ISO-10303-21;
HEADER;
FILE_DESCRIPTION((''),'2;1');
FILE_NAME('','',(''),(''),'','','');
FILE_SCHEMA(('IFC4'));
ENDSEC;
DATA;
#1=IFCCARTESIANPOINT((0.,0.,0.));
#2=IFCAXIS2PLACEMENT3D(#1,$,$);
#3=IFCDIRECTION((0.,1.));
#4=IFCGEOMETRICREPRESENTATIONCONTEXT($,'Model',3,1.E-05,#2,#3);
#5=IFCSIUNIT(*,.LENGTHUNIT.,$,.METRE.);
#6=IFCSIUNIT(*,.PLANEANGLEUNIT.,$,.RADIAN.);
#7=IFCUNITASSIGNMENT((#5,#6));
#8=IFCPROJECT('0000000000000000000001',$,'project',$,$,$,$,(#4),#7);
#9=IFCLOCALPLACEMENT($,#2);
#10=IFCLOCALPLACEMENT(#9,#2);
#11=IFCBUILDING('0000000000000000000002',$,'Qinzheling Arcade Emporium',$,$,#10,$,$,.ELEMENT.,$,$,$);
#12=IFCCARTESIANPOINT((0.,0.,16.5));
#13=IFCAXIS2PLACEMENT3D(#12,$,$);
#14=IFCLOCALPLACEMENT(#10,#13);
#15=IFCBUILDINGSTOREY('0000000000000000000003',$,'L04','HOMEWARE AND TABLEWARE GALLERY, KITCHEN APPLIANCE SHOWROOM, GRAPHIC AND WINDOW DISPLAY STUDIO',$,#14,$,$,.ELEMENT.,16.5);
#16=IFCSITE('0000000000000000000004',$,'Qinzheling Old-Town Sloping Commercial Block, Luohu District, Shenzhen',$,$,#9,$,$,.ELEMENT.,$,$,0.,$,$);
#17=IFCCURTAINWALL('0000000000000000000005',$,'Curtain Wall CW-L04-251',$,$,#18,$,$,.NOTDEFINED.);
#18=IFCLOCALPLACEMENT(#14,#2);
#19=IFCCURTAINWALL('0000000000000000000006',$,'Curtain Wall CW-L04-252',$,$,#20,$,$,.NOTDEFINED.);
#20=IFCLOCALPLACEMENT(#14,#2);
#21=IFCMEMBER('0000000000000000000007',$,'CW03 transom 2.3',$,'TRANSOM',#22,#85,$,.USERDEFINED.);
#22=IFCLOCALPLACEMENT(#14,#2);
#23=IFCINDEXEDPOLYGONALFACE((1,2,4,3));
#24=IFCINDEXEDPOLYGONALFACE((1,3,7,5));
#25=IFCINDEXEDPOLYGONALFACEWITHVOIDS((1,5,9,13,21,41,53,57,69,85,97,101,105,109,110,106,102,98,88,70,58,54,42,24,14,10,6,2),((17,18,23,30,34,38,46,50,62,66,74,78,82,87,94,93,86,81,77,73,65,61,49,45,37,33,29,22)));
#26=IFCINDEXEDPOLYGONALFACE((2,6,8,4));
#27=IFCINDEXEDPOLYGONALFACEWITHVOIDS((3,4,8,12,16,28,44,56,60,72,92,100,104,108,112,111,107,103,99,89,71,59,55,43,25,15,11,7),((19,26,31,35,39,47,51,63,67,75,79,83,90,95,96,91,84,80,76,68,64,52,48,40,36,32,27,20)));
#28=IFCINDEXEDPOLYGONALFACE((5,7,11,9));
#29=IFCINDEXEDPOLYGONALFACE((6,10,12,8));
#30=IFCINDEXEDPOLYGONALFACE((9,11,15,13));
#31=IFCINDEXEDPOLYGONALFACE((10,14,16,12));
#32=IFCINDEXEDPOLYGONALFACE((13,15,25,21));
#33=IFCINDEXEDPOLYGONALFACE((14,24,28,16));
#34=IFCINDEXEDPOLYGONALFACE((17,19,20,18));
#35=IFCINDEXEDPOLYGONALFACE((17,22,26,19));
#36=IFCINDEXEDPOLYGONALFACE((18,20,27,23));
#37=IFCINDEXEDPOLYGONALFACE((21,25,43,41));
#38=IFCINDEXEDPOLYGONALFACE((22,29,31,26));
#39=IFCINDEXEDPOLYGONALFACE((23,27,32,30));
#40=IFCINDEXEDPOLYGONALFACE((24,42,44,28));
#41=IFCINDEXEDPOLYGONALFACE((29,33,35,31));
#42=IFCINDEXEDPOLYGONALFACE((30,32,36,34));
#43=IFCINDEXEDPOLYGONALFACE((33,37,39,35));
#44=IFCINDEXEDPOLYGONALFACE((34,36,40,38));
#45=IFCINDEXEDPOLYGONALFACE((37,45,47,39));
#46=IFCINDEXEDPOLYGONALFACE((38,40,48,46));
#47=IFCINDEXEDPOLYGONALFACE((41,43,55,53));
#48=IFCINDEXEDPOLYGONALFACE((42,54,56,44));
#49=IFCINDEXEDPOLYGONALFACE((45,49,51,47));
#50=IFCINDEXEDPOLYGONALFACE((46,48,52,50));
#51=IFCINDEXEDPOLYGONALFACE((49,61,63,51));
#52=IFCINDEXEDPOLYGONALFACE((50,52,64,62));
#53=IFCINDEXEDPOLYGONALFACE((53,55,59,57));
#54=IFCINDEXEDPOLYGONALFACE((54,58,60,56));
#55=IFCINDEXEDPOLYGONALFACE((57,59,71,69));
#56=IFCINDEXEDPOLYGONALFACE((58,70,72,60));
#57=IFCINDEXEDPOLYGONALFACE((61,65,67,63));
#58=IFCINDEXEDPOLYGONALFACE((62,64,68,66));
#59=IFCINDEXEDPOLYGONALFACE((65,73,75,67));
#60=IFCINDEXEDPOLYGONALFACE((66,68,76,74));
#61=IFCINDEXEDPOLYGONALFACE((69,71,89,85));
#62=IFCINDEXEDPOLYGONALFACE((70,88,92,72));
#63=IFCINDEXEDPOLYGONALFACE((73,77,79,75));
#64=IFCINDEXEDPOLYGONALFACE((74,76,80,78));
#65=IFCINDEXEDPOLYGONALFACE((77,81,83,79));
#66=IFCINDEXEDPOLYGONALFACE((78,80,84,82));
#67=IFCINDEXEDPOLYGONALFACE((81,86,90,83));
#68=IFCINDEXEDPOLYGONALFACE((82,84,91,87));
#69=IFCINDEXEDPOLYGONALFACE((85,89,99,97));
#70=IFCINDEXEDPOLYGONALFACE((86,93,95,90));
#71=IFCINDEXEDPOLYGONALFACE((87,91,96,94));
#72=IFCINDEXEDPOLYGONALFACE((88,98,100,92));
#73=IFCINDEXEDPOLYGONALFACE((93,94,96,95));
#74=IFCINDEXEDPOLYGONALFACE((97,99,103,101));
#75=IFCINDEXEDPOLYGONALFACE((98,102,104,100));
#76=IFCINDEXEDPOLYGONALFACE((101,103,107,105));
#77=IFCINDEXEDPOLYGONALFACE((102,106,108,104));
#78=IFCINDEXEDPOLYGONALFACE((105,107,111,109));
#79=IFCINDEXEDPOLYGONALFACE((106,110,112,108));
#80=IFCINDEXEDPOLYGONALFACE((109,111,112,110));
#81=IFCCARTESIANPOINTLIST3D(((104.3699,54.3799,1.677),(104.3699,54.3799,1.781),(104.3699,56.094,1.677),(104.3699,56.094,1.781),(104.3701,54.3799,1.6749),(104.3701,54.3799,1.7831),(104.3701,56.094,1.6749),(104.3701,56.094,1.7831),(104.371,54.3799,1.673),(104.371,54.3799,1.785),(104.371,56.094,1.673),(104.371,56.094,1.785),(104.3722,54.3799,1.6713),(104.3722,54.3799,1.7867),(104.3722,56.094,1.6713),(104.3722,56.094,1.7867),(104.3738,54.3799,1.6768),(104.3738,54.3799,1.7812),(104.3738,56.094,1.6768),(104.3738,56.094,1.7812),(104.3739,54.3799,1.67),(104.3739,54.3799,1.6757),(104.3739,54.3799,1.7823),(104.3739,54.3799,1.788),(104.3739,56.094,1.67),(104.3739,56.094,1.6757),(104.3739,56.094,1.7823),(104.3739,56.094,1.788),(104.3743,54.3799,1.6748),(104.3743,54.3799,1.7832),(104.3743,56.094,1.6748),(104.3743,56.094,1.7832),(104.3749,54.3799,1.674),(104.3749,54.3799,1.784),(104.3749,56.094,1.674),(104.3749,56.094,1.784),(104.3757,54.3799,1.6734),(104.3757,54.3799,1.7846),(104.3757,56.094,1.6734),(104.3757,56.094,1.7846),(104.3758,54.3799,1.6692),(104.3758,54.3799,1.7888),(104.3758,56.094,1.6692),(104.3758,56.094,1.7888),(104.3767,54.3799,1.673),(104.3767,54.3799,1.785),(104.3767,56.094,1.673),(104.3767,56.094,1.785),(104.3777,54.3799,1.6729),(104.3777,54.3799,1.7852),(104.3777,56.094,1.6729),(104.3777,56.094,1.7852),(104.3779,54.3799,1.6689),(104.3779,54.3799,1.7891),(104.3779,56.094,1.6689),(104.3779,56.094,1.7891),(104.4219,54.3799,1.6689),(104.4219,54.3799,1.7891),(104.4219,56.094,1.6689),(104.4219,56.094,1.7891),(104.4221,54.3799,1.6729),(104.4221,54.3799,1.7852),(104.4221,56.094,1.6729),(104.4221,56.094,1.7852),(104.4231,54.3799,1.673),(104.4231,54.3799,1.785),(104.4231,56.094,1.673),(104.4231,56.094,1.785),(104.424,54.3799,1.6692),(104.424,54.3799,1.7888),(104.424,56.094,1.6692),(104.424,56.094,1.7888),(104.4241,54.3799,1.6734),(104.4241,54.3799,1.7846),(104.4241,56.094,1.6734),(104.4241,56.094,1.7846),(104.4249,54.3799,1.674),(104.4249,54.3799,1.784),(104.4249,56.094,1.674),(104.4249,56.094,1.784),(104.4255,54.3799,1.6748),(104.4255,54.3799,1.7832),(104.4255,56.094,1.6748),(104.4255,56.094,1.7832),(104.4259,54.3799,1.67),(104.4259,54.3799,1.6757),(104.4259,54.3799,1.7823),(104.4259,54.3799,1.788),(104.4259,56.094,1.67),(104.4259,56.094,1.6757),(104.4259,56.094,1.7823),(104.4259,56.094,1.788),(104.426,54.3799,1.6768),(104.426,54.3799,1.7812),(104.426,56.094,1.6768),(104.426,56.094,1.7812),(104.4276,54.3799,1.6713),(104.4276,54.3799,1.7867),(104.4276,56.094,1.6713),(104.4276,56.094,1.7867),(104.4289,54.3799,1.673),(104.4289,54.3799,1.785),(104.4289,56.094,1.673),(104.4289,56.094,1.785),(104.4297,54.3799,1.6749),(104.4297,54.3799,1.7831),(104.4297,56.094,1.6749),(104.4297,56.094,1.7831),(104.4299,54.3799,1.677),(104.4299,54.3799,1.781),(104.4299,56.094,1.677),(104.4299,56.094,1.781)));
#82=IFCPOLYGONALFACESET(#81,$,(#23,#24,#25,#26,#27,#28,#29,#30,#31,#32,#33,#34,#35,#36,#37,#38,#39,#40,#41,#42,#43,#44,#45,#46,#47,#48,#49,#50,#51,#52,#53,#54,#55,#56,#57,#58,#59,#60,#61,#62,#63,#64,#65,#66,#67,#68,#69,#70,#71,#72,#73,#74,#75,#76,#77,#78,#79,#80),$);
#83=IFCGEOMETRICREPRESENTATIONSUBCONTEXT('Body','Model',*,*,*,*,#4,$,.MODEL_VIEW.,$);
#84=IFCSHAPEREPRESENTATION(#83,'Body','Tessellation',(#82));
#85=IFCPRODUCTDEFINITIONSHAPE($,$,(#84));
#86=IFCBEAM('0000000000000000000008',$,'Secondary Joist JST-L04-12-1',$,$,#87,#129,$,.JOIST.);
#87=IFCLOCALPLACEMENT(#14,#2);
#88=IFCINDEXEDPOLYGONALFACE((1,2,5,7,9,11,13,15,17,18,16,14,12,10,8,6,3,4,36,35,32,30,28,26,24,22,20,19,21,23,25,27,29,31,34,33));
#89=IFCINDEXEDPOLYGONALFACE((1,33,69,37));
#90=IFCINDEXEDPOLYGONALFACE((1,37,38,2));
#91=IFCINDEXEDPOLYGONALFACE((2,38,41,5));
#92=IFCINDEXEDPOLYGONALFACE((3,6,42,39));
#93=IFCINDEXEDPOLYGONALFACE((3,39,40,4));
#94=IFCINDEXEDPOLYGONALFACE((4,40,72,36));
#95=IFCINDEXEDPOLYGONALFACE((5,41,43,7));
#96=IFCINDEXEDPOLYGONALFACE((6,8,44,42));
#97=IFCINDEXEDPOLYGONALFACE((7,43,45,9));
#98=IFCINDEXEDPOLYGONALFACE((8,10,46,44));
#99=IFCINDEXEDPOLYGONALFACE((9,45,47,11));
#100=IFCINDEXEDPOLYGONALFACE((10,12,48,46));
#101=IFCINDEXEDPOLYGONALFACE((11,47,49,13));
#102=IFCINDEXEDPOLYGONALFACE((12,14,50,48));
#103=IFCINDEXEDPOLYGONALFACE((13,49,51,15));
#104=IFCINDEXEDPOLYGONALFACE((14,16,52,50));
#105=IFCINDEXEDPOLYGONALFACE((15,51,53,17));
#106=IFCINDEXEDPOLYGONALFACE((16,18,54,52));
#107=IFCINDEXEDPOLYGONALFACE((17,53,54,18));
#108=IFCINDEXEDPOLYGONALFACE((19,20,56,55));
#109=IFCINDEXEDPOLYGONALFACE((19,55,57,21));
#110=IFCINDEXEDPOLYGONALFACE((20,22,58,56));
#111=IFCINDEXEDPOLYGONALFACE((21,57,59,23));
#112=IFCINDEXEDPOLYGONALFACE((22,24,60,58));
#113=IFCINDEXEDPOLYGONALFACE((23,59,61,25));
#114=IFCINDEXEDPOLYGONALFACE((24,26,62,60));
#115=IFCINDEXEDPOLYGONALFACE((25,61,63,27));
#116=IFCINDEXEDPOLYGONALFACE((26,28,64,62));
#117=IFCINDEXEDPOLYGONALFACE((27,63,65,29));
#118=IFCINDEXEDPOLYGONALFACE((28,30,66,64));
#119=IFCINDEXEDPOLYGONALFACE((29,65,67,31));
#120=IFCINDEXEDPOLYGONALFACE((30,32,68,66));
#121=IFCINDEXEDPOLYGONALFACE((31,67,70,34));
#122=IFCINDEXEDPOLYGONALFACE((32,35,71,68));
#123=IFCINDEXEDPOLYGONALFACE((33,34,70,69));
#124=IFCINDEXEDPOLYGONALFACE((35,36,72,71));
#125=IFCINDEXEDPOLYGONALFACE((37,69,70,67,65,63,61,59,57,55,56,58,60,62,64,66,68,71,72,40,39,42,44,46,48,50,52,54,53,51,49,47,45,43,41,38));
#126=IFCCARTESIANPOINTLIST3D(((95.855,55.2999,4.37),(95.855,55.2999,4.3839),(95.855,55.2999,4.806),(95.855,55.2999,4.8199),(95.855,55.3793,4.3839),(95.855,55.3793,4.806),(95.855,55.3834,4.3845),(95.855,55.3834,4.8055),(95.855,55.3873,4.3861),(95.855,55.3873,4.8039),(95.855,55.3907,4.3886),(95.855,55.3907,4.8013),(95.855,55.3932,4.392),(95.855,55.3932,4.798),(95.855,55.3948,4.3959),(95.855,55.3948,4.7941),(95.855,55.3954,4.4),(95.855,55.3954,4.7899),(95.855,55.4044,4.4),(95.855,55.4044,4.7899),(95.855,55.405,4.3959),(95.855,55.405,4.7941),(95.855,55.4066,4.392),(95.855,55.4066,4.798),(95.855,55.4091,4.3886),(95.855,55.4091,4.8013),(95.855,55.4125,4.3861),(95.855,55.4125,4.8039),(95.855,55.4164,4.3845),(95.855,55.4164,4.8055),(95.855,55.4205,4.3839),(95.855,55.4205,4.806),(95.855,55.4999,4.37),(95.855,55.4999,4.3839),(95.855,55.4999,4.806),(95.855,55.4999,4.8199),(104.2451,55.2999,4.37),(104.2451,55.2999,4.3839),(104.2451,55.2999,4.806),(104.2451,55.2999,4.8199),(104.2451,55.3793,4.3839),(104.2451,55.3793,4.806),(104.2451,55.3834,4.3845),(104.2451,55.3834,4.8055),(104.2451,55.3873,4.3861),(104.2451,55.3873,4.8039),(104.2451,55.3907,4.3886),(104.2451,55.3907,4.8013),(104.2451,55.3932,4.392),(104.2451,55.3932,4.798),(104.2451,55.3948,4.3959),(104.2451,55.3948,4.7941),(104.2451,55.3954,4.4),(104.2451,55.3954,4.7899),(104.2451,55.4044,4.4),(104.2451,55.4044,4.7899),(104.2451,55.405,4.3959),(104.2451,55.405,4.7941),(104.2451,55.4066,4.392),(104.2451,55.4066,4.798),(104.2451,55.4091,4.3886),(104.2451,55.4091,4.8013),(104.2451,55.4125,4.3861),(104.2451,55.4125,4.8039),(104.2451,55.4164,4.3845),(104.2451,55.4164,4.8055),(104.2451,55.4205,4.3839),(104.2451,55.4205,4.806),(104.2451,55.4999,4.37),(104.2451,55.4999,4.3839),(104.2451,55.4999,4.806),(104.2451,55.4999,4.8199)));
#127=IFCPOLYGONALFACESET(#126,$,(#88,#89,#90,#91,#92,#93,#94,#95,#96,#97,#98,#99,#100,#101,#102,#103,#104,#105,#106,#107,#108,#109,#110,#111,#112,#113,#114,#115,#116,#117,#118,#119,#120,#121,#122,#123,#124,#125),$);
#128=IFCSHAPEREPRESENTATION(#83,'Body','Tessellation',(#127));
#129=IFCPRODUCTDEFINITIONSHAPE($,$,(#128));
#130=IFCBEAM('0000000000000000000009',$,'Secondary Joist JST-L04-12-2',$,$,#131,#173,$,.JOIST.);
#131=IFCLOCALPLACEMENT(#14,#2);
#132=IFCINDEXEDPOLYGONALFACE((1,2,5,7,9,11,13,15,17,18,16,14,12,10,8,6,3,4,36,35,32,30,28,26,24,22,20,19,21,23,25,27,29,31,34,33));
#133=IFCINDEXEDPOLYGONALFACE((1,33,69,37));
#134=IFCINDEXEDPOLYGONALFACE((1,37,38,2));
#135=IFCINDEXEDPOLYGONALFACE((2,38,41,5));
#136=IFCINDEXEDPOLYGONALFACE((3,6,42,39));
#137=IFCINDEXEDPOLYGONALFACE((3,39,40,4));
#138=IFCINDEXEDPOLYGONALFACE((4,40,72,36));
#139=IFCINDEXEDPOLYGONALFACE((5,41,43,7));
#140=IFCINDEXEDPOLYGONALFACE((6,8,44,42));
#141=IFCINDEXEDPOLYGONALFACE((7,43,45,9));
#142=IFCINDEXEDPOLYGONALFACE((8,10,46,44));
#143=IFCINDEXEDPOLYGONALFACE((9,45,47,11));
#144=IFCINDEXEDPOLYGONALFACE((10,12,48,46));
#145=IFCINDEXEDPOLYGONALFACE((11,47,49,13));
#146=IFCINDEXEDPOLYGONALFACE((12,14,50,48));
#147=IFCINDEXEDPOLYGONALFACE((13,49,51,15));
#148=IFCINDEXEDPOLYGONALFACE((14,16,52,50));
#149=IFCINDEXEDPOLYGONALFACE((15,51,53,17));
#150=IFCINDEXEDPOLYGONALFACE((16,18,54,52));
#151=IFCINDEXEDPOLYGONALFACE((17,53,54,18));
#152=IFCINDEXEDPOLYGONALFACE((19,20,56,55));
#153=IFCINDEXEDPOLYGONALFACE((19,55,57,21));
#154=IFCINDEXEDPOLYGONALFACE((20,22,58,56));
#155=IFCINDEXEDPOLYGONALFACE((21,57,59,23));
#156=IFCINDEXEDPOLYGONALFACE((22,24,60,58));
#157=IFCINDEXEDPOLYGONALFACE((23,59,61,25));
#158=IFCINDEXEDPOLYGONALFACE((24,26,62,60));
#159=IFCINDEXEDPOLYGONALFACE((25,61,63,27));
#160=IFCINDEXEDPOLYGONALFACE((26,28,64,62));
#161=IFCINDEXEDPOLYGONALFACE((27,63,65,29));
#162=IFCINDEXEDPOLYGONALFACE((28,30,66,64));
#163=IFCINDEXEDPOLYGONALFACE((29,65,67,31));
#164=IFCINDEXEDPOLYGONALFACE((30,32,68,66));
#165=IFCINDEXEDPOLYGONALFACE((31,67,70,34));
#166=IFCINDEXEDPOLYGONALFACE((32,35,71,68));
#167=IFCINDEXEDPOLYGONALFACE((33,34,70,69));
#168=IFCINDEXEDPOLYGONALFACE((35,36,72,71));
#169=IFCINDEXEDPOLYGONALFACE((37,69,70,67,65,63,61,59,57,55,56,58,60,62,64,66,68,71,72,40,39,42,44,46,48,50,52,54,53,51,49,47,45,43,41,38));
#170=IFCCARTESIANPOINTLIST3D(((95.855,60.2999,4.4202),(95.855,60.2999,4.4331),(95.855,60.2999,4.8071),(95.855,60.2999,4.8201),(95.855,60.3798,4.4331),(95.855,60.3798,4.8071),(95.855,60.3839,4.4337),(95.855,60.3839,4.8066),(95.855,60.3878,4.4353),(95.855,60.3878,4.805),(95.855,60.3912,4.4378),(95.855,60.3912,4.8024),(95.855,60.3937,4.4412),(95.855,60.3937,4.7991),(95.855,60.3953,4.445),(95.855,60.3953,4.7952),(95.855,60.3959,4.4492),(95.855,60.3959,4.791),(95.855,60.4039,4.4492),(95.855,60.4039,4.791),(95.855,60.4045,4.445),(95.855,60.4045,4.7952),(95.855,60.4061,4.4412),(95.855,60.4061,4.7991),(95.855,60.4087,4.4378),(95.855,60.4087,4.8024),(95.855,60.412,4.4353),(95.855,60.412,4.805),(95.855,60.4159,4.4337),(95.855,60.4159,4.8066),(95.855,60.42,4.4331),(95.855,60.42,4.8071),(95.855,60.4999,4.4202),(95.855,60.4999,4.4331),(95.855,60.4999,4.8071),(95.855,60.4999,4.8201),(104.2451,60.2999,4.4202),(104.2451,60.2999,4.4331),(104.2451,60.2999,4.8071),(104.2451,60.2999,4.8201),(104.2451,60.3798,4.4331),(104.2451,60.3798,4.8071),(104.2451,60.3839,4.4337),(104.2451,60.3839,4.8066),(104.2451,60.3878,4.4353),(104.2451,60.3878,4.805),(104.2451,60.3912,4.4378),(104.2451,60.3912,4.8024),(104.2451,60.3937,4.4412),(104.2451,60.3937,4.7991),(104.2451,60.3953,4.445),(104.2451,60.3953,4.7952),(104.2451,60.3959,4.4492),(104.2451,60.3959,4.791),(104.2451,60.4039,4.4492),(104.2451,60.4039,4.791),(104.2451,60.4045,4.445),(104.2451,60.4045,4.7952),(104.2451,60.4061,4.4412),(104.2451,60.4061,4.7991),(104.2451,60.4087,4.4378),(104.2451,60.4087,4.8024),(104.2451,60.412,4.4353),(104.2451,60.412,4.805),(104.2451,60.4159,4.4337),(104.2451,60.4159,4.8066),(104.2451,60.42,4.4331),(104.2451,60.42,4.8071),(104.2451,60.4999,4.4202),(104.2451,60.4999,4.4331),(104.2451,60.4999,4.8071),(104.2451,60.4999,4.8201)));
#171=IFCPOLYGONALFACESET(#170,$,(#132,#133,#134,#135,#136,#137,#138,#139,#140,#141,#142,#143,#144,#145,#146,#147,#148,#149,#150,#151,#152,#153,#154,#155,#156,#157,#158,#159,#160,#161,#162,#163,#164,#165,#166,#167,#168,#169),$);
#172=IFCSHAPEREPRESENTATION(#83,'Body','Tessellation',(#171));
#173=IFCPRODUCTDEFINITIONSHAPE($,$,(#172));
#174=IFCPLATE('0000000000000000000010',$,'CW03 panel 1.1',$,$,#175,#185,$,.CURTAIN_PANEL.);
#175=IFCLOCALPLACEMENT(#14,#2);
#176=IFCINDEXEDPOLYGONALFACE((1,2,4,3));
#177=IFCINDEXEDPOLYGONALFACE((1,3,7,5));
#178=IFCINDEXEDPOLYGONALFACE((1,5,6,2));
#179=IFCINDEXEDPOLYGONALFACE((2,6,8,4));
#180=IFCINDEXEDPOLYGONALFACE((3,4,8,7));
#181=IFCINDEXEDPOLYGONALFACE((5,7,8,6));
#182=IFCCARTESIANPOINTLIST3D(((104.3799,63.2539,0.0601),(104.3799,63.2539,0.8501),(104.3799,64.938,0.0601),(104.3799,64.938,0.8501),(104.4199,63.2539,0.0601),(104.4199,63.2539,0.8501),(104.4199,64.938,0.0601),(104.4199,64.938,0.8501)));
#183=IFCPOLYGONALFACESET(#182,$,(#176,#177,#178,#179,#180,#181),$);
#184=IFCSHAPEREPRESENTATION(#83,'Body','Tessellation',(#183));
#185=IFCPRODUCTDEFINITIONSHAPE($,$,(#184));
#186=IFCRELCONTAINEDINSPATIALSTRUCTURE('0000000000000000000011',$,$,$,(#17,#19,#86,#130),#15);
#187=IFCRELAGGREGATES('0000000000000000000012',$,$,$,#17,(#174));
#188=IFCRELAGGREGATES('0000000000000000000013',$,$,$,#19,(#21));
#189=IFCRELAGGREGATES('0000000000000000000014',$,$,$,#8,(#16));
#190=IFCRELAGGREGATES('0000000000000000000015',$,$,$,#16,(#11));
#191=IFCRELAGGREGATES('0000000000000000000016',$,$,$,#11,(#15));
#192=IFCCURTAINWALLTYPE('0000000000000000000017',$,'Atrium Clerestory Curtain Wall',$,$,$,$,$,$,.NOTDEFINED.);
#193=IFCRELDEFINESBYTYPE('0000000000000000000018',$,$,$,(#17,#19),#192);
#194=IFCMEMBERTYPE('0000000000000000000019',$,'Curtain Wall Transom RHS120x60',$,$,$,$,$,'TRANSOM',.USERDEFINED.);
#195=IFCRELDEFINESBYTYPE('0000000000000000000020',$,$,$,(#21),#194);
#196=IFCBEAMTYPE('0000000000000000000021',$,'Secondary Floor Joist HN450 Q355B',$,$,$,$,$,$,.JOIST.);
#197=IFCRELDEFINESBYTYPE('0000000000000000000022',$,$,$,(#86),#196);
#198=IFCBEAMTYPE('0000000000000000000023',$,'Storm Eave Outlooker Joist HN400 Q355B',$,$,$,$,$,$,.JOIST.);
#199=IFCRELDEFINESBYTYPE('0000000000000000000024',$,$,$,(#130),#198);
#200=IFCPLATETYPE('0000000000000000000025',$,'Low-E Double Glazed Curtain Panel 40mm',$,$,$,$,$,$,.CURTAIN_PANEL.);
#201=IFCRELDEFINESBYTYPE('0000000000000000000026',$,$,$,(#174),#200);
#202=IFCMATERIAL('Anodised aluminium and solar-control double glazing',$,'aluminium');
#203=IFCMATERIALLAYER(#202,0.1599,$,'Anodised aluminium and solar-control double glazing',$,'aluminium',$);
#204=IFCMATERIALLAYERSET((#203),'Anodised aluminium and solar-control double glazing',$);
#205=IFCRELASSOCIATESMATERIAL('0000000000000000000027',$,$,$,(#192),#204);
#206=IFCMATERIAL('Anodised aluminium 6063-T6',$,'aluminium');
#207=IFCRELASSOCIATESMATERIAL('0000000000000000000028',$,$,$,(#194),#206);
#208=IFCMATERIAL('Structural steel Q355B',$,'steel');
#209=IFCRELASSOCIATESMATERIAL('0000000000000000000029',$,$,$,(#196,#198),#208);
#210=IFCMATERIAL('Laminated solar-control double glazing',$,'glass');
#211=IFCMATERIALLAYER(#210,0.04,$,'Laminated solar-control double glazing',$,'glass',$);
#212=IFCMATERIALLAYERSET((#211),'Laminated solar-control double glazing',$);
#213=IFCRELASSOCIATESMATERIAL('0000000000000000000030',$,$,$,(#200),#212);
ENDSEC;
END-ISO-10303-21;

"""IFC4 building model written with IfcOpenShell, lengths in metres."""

from ifc_helpers import new_model, si_unit, direction, frame, origin, origin_2d, place, context, subcontext, project, spatial, rectangle, hollow_rectangle, i_section, extrude, material, layer, layer_set, material_profile, profile_set, type_object, element, aggregate, save


model = new_model("IFC4")

# Units and contexts
model_context = context("Model", 3, precision=1e-05, world=origin(), true_north=direction((0.0, 1.0)))
body_context = subcontext(model_context, "Body", "Model", "MODEL_VIEW")
ifc_project = project(units=[si_unit("LENGTHUNIT", "METRE"), si_unit("PLANEANGLEUNIT", "RADIAN")], contexts=[model_context])

# Site, building, storey
site_placement = place(None, origin())
site = spatial("IfcSite", under=ifc_project, at=site_placement, Name="Qinzheling Old-Town Sloping Commercial Block, Luohu District, Shenzhen", CompositionType="ELEMENT", RefElevation=0.0)
building_placement = place(site_placement, origin())
building = spatial("IfcBuilding", under=site, at=building_placement, Name="Qinzheling Arcade Emporium", CompositionType="ELEMENT")
storey_placement = place(building_placement, frame((0.0, 0.0, 16.5)))
storey = spatial("IfcBuildingStorey", under=building, at=storey_placement, Name="L04", Description="HOMEWARE AND TABLEWARE GALLERY, KITCHEN APPLIANCE SHOWROOM, GRAPHIC AND WINDOW DISPLAY STUDIO", CompositionType="ELEMENT", Elevation=16.5)

# Curtain walls
ifc_material_1 = material(Name="Anodised aluminium and solar-control double glazing", Category="aluminium")
ifc_layer_1 = layer(ifc_material_1, 0.1599, Name="Anodised aluminium and solar-control double glazing", Category="aluminium")
ifc_layer_set_1 = layer_set([ifc_layer_1], Name="Anodised aluminium and solar-control double glazing")
curtain_wall_type = type_object("IfcCurtainWallType", Name="Atrium Clerestory Curtain Wall", PredefinedType="NOTDEFINED", material=ifc_layer_set_1)
curtain_wall_1_placement = place(storey_placement, origin())
curtain_wall_1 = element("IfcCurtainWall", 1, at=curtain_wall_1_placement, inside=storey, type_object=curtain_wall_type, Name="Curtain Wall CW-L04-251", PredefinedType="NOTDEFINED")
ifc_material_2 = material(Name="Anodised aluminium 6063-T6", Category="aluminium")
curtain_wall_2_placement = place(storey_placement, origin())
curtain_wall_2 = element("IfcCurtainWall", 2, at=curtain_wall_2_placement, inside=storey, type_object=curtain_wall_type, Name="Curtain Wall CW-L04-252", PredefinedType="NOTDEFINED")

# Member
ifc_material_profile_1 = material_profile(ifc_material_2, hollow_rectangle(XDim=0.0601, YDim=0.1201, WallThickness=0.0039, InnerFilletRadius=0.0039, OuterFilletRadius=0.0081, at=origin_2d()), Name="RHS 120x60x4", Category="aluminium")
ifc_profile_set_1 = profile_set([ifc_material_profile_1], Name="Anodised aluminium 6063-T6")
member_type_1 = type_object("IfcMemberType", Name="Curtain Wall Transom RHS120x60", ElementType="TRANSOM", PredefinedType="USERDEFINED", material=ifc_profile_set_1)
member_1_placement = place(storey_placement, frame((104.3999, 56.094, 1.729), z_axis=(0.0, -1.0, 0.0), x_axis=(1.0, 0.0, 0.0)))
member_1 = element("IfcMember", 3, at=member_1_placement, type_object=member_type_1, Name="CW03 transom 2.3", ObjectType="TRANSOM", PredefinedType="USERDEFINED", context=body_context, shape_type="SweptSolid", body=[
    extrude(hollow_rectangle(XDim=0.0601, YDim=0.1201, WallThickness=0.0039, InnerFilletRadius=0.0039, OuterFilletRadius=0.0081, at=origin_2d()), origin(), (0.0, 0.0, 1.0), 1.7141),
])

# Beams
ifc_material_3 = material(Name="Structural steel Q355B", Category="steel")
ifc_material_profile_2 = material_profile(ifc_material_3, i_section(OverallWidth=0.2, OverallDepth=0.45, WebThickness=0.009, FlangeThickness=0.0139, FilletRadius=0.0161, at=origin_2d()), Name="HN 450x200x9x14", Category="steel")
ifc_profile_set_2 = profile_set([ifc_material_profile_2], Name="Structural steel Q355B")
beam_type_1 = type_object("IfcBeamType", Name="Secondary Floor Joist HN450 Q355B", PredefinedType="JOIST", material=ifc_profile_set_2)
beam_1_placement = place(storey_placement, frame((95.855, 55.3999, 4.595), z_axis=(1.0, 0.0, 0.0), x_axis=(0.0, 1.0, 0.0)))
element("IfcBeam", 4, at=beam_1_placement, inside=storey, type_object=beam_type_1, Name="Secondary Joist JST-L04-12-1", PredefinedType="JOIST", context=body_context, shape_type="SweptSolid", body=[
    extrude(i_section(OverallWidth=0.2, OverallDepth=0.45, WebThickness=0.009, FlangeThickness=0.0139, FilletRadius=0.0161, at=origin_2d()), origin(), (0.0, 0.0, 1.0), 8.3901),
])
ifc_material_profile_3 = material_profile(ifc_material_3, i_section(OverallWidth=0.2, OverallDepth=0.3999, WebThickness=0.0081, FlangeThickness=0.0129, FilletRadius=0.0161, at=origin_2d()), Name="HN 400x200x8x13", Category="steel")
ifc_profile_set_3 = profile_set([ifc_material_profile_3], Name="Structural steel Q355B")
beam_type_2 = type_object("IfcBeamType", Name="Storm Eave Outlooker Joist HN400 Q355B", PredefinedType="JOIST", material=ifc_profile_set_3)
beam_2_placement = place(storey_placement, frame((95.855, 60.3999, 4.6201), z_axis=(1.0, 0.0, 0.0), x_axis=(0.0, 1.0, 0.0)))
element("IfcBeam", 5, at=beam_2_placement, inside=storey, type_object=beam_type_2, Name="Secondary Joist JST-L04-12-2", PredefinedType="JOIST", context=body_context, shape_type="SweptSolid", body=[
    extrude(i_section(OverallWidth=0.2, OverallDepth=0.3999, WebThickness=0.0081, FlangeThickness=0.0129, FilletRadius=0.0161, at=origin_2d()), origin(), (0.0, 0.0, 1.0), 8.3901),
])

# Plate
ifc_material_4 = material(Name="Laminated solar-control double glazing", Category="glass")
ifc_layer_2 = layer(ifc_material_4, 0.04, Name="Laminated solar-control double glazing", Category="glass")
ifc_layer_set_2 = layer_set([ifc_layer_2], Name="Laminated solar-control double glazing")
plate_type_1 = type_object("IfcPlateType", Name="Low-E Double Glazed Curtain Panel 40mm", PredefinedType="CURTAIN_PANEL", material=ifc_layer_set_2)
plate_1_placement = place(storey_placement, frame((104.3999, 64.0959, 0.0601), z_axis=(0.0, 0.0, 1.0), x_axis=(0.0, -1.0, 0.0)))
plate_1 = element("IfcPlate", 6, at=plate_1_placement, type_object=plate_type_1, Name="CW03 panel 1.1", PredefinedType="CURTAIN_PANEL", context=body_context, shape_type="SweptSolid", body=[
    extrude(rectangle(XDim=1.6841, YDim=0.04, at=origin_2d()), origin(), (0.0, 0.0, 1.0), 0.79),
])
aggregate(curtain_wall_1, [plate_1])
aggregate(curtain_wall_2, [member_1])

save(model, "model.ifc")
